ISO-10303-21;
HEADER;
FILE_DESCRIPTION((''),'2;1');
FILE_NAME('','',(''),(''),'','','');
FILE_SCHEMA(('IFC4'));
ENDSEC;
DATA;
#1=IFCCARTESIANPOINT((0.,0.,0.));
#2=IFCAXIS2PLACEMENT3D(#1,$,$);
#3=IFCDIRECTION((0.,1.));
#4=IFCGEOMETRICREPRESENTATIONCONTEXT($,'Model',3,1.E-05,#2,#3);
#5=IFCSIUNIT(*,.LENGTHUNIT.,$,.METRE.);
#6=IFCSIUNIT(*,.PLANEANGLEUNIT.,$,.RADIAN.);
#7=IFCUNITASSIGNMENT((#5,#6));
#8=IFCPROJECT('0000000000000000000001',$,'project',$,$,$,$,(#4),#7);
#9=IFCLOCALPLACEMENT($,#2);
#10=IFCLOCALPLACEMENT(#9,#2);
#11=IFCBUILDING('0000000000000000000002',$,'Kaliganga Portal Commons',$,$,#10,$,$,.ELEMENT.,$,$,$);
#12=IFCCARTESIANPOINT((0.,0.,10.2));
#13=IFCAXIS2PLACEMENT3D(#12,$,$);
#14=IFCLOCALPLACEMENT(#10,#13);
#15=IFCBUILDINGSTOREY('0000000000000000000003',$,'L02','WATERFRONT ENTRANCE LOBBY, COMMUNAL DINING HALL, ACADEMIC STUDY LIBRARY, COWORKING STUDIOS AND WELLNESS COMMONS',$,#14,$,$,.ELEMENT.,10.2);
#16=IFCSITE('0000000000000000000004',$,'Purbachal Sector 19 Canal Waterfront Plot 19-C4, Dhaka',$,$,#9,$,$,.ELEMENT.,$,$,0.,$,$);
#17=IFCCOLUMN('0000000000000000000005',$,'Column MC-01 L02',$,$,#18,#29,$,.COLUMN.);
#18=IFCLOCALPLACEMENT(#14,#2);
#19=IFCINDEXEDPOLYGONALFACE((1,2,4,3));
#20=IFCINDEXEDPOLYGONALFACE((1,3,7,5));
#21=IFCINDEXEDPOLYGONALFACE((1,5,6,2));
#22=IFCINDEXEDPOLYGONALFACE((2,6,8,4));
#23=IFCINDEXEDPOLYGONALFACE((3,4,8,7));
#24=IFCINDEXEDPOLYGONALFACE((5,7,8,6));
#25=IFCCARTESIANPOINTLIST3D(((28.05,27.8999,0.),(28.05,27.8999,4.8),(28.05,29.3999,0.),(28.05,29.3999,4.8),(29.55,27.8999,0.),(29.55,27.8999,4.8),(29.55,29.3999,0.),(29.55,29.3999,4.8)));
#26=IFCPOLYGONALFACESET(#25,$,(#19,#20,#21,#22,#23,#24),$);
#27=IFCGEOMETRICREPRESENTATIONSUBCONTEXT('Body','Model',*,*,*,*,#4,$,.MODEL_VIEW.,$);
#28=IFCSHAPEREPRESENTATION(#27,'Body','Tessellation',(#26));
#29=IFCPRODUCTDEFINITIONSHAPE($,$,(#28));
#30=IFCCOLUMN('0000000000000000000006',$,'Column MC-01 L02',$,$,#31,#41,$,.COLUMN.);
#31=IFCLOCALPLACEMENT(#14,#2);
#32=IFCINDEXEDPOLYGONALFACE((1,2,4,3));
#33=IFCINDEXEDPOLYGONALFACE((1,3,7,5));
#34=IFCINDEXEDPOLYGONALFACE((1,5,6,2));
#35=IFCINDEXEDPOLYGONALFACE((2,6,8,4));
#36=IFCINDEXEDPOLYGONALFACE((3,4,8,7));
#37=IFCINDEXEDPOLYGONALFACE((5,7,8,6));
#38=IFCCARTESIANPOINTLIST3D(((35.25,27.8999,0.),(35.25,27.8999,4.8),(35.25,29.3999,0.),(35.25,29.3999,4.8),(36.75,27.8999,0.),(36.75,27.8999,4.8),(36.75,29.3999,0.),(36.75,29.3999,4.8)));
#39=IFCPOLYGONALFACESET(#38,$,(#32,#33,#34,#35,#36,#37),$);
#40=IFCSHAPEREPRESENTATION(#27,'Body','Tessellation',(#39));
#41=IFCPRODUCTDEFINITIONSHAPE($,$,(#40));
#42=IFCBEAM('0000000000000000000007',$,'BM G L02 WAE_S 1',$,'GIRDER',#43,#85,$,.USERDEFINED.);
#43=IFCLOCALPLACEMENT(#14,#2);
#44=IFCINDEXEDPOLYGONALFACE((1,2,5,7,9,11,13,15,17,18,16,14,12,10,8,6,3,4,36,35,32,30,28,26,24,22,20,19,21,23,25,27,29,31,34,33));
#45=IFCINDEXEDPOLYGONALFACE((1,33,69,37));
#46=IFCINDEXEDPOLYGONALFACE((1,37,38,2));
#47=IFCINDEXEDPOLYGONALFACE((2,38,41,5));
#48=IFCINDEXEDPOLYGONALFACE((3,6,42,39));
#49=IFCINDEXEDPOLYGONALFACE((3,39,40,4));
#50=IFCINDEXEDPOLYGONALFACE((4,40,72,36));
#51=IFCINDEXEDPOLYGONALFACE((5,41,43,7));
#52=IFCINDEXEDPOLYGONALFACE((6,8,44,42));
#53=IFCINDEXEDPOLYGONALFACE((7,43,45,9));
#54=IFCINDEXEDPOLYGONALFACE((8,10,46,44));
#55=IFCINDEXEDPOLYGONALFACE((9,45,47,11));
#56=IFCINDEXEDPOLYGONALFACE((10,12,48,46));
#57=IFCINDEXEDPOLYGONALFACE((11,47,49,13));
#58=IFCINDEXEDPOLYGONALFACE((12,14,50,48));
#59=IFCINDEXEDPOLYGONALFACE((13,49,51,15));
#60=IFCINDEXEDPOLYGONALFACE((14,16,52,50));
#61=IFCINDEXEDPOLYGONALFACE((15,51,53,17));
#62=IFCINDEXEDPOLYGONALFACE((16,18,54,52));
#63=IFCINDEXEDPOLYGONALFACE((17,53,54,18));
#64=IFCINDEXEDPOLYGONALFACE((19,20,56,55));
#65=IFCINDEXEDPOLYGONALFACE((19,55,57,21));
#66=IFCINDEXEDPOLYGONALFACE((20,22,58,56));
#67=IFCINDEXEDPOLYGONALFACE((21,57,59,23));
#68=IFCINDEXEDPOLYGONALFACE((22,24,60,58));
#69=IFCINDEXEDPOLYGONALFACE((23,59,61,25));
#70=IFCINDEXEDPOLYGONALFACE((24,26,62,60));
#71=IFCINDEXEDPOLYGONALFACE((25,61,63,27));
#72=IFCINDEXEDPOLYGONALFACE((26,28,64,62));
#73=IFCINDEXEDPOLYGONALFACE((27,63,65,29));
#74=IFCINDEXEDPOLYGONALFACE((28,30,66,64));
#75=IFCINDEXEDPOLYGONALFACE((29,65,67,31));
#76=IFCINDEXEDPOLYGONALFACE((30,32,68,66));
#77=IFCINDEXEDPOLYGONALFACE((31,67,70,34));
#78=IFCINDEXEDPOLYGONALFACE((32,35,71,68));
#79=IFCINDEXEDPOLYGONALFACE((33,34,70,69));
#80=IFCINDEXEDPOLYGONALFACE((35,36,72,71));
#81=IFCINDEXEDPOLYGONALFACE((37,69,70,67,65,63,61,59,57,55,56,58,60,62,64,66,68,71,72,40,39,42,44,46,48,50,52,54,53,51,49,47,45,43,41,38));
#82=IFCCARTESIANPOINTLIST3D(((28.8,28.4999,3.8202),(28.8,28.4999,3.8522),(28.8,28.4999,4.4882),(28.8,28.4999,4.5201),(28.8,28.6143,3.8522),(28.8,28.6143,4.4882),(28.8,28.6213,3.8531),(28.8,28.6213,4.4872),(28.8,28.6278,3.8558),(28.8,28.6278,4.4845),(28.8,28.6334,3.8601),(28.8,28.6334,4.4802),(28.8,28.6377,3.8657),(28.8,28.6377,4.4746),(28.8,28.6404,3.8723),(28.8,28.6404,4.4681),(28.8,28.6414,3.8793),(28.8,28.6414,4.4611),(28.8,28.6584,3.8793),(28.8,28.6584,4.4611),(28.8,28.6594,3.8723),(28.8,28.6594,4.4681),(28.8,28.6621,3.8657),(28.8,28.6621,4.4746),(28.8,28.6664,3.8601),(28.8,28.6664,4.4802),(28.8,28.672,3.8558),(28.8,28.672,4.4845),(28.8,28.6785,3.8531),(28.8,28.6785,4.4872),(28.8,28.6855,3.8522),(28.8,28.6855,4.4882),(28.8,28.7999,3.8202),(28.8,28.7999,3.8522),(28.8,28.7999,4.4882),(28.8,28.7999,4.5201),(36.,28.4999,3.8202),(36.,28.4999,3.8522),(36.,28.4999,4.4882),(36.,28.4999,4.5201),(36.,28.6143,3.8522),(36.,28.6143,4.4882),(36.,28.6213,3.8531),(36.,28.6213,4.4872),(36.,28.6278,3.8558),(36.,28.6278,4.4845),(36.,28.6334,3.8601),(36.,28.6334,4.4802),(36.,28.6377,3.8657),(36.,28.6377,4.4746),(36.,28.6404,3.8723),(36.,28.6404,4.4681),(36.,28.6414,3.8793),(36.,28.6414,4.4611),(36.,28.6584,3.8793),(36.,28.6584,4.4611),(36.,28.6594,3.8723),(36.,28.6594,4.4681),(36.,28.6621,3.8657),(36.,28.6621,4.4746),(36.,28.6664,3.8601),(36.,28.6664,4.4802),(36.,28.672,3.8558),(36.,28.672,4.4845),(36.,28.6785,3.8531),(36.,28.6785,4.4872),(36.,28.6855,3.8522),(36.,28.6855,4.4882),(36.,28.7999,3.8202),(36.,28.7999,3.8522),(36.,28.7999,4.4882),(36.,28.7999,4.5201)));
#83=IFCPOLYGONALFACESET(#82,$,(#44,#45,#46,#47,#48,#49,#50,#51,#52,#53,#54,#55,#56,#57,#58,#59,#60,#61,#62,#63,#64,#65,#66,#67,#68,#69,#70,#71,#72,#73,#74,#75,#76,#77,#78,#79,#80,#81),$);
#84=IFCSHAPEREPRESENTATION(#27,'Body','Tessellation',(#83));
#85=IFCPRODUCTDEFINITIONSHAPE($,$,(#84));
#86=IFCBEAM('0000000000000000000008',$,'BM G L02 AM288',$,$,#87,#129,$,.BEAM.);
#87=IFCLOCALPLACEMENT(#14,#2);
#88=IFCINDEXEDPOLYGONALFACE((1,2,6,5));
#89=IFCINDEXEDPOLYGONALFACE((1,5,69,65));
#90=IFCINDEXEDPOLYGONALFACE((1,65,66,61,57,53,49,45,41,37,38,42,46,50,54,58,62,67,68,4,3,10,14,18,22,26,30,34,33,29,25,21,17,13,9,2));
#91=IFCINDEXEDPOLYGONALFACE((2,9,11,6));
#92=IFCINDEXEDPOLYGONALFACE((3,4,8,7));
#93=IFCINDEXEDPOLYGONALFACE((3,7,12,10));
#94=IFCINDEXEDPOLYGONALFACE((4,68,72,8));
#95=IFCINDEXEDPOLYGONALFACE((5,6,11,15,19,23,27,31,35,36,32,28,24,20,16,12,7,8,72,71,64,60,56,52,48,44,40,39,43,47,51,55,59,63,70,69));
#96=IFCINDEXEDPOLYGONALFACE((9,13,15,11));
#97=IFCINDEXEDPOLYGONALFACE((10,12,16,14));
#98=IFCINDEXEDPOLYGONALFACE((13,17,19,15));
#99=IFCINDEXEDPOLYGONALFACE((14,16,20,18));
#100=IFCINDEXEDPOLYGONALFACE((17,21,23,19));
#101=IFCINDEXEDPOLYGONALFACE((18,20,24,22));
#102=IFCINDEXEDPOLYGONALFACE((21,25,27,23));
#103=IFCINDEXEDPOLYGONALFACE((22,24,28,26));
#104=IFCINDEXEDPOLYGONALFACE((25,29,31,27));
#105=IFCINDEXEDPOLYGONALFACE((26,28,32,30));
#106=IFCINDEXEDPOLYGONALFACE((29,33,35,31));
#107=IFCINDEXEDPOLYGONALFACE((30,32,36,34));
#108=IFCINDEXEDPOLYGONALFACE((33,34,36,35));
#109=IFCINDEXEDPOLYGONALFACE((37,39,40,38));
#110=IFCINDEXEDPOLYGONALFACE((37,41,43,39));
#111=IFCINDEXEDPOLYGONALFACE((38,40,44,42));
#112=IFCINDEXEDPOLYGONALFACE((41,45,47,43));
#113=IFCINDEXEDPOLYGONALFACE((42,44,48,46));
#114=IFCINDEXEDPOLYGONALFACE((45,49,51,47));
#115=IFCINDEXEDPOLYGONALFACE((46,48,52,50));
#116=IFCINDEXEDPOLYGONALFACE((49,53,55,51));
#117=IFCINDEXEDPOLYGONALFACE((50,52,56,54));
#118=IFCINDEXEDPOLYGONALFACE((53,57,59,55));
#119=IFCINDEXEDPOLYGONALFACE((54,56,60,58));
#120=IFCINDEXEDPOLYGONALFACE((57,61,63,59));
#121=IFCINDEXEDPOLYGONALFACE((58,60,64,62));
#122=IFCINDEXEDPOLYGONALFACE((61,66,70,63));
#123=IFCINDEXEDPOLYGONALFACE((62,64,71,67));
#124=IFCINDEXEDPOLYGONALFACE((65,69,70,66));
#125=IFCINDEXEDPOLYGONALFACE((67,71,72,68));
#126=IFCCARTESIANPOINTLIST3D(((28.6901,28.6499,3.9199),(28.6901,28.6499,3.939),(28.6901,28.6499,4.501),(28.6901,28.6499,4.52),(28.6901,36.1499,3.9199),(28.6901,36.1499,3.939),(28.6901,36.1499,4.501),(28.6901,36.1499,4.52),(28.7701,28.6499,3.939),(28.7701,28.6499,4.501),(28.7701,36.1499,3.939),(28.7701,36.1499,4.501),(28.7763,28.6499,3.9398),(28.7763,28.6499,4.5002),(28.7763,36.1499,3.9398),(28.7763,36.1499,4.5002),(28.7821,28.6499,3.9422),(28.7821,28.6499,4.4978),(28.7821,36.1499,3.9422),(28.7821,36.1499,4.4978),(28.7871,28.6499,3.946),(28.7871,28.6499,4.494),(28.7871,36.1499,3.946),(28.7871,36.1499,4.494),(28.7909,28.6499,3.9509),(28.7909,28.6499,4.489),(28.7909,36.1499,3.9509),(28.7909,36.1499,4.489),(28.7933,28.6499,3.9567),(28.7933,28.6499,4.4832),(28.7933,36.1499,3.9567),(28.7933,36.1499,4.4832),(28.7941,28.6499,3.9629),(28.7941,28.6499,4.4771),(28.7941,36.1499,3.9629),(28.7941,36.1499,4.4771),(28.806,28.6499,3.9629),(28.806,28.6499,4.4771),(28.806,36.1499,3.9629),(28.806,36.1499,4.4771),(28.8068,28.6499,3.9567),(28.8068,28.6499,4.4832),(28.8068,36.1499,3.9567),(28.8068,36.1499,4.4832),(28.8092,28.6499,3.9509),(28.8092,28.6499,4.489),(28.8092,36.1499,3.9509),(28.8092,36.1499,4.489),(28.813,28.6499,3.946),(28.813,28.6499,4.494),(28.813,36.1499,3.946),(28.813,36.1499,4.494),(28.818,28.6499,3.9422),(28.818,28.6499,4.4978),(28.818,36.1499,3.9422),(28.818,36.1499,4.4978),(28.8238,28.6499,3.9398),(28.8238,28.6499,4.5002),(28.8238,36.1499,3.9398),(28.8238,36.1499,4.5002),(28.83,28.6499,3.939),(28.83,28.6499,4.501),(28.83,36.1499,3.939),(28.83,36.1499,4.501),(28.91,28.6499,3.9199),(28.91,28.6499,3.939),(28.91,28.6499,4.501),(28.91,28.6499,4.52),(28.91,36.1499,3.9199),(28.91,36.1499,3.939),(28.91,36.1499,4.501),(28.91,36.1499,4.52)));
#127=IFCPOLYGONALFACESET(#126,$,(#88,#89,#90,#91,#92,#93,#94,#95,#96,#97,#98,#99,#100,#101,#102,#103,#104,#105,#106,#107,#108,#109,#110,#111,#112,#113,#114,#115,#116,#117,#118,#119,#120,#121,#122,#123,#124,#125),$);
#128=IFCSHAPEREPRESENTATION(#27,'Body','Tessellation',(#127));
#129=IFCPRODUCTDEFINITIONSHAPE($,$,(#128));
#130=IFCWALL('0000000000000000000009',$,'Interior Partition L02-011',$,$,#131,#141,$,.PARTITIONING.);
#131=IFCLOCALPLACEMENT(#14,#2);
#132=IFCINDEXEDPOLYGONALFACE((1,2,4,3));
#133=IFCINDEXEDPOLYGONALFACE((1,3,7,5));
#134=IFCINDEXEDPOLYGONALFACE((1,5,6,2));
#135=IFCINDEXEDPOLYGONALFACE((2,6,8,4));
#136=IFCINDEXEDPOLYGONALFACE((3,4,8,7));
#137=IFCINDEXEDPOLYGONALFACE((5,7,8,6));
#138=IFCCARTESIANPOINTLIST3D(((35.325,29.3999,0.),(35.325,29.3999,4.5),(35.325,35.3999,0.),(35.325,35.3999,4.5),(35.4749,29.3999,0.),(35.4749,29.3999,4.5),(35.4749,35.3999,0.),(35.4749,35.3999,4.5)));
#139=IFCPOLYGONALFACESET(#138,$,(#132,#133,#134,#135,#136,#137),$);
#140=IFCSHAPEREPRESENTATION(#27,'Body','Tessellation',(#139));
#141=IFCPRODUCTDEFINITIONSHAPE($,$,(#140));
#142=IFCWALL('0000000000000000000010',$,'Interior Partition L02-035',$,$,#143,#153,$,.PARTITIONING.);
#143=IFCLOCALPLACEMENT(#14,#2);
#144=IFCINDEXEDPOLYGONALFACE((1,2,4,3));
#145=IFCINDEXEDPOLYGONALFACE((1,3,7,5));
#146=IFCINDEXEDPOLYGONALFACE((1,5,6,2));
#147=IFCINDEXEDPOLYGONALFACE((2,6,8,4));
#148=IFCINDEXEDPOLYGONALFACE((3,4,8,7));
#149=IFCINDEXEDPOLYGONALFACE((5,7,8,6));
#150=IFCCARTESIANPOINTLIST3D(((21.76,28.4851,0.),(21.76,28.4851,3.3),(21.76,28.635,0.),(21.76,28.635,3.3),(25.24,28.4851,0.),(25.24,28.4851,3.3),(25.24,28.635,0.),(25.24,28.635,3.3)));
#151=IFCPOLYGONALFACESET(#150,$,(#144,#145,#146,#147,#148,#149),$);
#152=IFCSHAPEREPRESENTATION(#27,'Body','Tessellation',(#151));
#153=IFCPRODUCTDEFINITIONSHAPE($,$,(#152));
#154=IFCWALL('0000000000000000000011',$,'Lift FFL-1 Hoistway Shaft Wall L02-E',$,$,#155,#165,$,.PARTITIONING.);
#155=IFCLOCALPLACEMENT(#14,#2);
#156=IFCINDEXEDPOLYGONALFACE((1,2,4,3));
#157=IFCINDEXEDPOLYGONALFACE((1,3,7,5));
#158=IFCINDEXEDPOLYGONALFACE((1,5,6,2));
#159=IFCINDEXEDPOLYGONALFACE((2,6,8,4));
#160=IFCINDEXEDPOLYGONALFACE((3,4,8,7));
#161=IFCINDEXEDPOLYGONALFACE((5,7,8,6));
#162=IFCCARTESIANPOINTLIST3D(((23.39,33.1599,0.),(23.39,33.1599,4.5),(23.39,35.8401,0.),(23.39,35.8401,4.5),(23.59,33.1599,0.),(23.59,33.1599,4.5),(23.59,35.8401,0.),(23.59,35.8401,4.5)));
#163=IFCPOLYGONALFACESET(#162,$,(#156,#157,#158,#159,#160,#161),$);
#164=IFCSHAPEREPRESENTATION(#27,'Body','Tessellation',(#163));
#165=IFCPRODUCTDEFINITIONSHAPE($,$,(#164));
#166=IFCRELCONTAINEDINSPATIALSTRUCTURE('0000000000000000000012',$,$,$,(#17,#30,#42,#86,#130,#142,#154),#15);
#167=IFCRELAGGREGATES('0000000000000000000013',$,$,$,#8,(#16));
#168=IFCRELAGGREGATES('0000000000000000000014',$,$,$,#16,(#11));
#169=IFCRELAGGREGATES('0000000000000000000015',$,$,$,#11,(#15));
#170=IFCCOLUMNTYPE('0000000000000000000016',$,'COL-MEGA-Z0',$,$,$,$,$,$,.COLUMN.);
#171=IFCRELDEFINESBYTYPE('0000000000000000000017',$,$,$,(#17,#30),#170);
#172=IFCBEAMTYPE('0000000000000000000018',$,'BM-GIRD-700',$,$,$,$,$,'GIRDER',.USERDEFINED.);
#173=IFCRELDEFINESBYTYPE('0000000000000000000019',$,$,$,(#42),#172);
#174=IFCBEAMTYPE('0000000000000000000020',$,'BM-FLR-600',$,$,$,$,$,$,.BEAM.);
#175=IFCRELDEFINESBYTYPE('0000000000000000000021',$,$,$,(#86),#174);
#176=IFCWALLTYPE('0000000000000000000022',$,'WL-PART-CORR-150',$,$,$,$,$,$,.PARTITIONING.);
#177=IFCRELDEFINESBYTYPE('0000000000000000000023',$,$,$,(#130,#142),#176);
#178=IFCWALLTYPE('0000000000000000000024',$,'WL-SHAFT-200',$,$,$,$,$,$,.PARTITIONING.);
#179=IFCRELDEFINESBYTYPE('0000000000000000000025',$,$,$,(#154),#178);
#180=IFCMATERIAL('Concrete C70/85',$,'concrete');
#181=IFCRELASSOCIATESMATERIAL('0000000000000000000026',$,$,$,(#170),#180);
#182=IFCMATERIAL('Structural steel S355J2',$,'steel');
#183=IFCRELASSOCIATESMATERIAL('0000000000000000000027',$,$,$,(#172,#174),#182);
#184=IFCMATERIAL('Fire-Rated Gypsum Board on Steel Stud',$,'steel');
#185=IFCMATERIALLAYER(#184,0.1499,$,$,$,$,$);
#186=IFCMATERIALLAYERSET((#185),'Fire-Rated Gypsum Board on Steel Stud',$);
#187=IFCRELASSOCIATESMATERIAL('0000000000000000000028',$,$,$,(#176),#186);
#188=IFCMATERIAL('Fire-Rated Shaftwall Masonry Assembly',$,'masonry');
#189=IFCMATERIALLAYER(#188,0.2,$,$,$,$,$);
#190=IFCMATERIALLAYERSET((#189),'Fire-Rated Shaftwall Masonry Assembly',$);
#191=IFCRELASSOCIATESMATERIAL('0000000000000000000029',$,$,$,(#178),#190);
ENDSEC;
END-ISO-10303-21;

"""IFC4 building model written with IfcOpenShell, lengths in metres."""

from ifc_helpers import new_model, si_unit, direction, frame, frame_2d, origin, origin_2d, place, context, subcontext, project, spatial, rectangle, i_section, extrude, source, transform, mapped, material, layer, layer_set, material_profile, profile_set, type_object, element, save


model = new_model("IFC4")

# Units and contexts
model_context = context("Model", 3, precision=1e-05, world=origin(), true_north=direction((0.0, 1.0)))
body_context = subcontext(model_context, "Body", "Model", "MODEL_VIEW")
ifc_project = project(units=[si_unit("LENGTHUNIT", "METRE"), si_unit("PLANEANGLEUNIT", "RADIAN")], contexts=[model_context])

# Site, building, storey
site_placement = place(None, origin())
site = spatial("IfcSite", under=ifc_project, at=site_placement, Name="Purbachal Sector 19 Canal Waterfront Plot 19-C4, Dhaka", CompositionType="ELEMENT", RefElevation=0.0)
building_placement = place(site_placement, origin())
building = spatial("IfcBuilding", under=site, at=building_placement, Name="Kaliganga Portal Commons", CompositionType="ELEMENT")
storey_placement = place(building_placement, frame((0.0, 0.0, 10.2)))
storey = spatial("IfcBuildingStorey", under=building, at=storey_placement, Name="L02", Description="WATERFRONT ENTRANCE LOBBY, COMMUNAL DINING HALL, ACADEMIC STUDY LIBRARY, COWORKING STUDIOS AND WELLNESS COMMONS", CompositionType="ELEMENT", Elevation=10.2)

# Columns
ifc_material_1 = material(Name="Concrete C70/85", Category="concrete")
ifc_material_profile_1 = material_profile(ifc_material_1, rectangle(XDim=1.5, YDim=1.5, at=origin_2d()), Name="RC 1500x1500")
ifc_profile_set_1 = profile_set([ifc_material_profile_1], Name="Concrete C70/85")
column_type = type_object("IfcColumnType", Name="COL-MEGA-Z0", PredefinedType="COLUMN", material=ifc_profile_set_1)
shared_shape_1 = source(origin(), body_context, "Body", "SweptSolid", [
    extrude(rectangle(XDim=1.5, YDim=1.5, at=origin_2d()), origin(), (0.0, 0.0, 1.0), 4.8),
])
for number, where, z_axis, x_axis, name in (
    (1, (28.8, 28.6499, 0.0), (0.0, 0.0, 1.0), (1.0, 0.0, 0.0), "Column MC-01 L02"),
    (2, (36.0, 28.6499, 0.0), (0.0, 0.0, 1.0), (1.0, 0.0, 0.0), "Column MC-01 L02"),
):
    element("IfcColumn", number, at=place(storey_placement, frame(where, z_axis=z_axis, x_axis=x_axis)), inside=storey, type_object=column_type, Name=name, PredefinedType="COLUMN", context=body_context, shape_type="MappedRepresentation", body=[
        mapped(shared_shape_1, transform((0.0, 0.0, 0.0), x_axis=(1.0, 0.0, 0.0), y_axis=(0.0, 1.0, 0.0), z_axis=(0.0, 0.0, 1.0), scale=1.0)),
    ])

# Beams
ifc_material_2 = material(Name="Structural steel S355J2", Category="steel")
ifc_material_profile_2 = material_profile(ifc_material_2, i_section(OverallWidth=0.3, OverallDepth=0.7, WebThickness=0.0171, FlangeThickness=0.032, FilletRadius=0.0271, at=origin_2d()), Name="HE 700 B")
ifc_profile_set_2 = profile_set([ifc_material_profile_2], Name="Structural steel S355J2 wide-flange")
beam_type_1 = type_object("IfcBeamType", Name="BM-GIRD-700", ElementType="GIRDER", PredefinedType="USERDEFINED", material=ifc_profile_set_2)
shared_shape_2 = source(origin(), body_context, "Body", "SweptSolid", [
    extrude(i_section(OverallWidth=0.3, OverallDepth=0.7, WebThickness=0.0171, FlangeThickness=0.032, FilletRadius=0.0271, at=origin_2d()), origin(), (0.0, 0.0, 1.0), 7.2),
])
beam_1_placement = place(storey_placement, frame((28.8, 28.6499, 4.1702), z_axis=(1.0, 0.0, 0.0), x_axis=(0.0, 1.0, 0.0)))
element("IfcBeam", 3, at=beam_1_placement, inside=storey, type_object=beam_type_1, Name="BM G L02 WAE_S 1", ObjectType="GIRDER", PredefinedType="USERDEFINED", context=body_context, shape_type="MappedRepresentation", body=[
    mapped(shared_shape_2, transform((0.0, 0.0, 0.0), x_axis=(1.0, 0.0, 0.0), y_axis=(0.0, 1.0, 0.0), z_axis=(0.0, 0.0, 1.0), scale=1.0)),
])
ifc_material_profile_3 = material_profile(ifc_material_2, i_section(OverallWidth=0.22, OverallDepth=0.6001, WebThickness=0.012, FlangeThickness=0.019, FilletRadius=0.0239, at=origin_2d()), Name="IPE 600")
ifc_profile_set_3 = profile_set([ifc_material_profile_3], Name="Structural steel S355J2 wide-flange")
beam_type_2 = type_object("IfcBeamType", Name="BM-FLR-600", PredefinedType="BEAM", material=ifc_profile_set_3)
shared_shape_3 = source(origin(), body_context, "Body", "SweptSolid", [
    extrude(i_section(OverallWidth=0.22, OverallDepth=0.6001, WebThickness=0.012, FlangeThickness=0.019, FilletRadius=0.0239, at=origin_2d()), origin(), (0.0, 0.0, 1.0), 7.5),
])
beam_2_placement = place(storey_placement, frame((28.8, 28.6499, 4.22), z_axis=(0.0, 1.0, 0.0), x_axis=(-1.0, 0.0, 0.0)))
element("IfcBeam", 4, at=beam_2_placement, inside=storey, type_object=beam_type_2, Name="BM G L02 AM288", PredefinedType="BEAM", context=body_context, shape_type="MappedRepresentation", body=[
    mapped(shared_shape_3, transform((0.0, 0.0, 0.0), x_axis=(1.0, 0.0, 0.0), y_axis=(0.0, 1.0, 0.0), z_axis=(0.0, 0.0, 1.0), scale=1.0)),
])

# Walls
ifc_material_3 = material(Name="Fire-Rated Gypsum Board on Steel Stud", Category="steel")
ifc_layer_1 = layer(ifc_material_3, 0.1499)
ifc_layer_set_1 = layer_set([ifc_layer_1], Name="Fire-Rated Gypsum Board on Steel Stud")
wall_type_1 = type_object("IfcWallType", Name="WL-PART-CORR-150", PredefinedType="PARTITIONING", material=ifc_layer_set_1)
wall_1_placement = place(storey_placement, frame((35.3999, 29.3999, 0.0), z_axis=(0.0, 0.0, 1.0), x_axis=(0.0, 1.0, 0.0)))
element("IfcWall", 5, at=wall_1_placement, inside=storey, type_object=wall_type_1, Name="Interior Partition L02-011", PredefinedType="PARTITIONING", context=body_context, shape_type="SweptSolid", body=[
    extrude(rectangle(XDim=6.0, YDim=0.1499, at=frame_2d((3.0, 0.0))), origin(), (0.0, 0.0, 1.0), 4.5),
])
wall_2_placement = place(storey_placement, frame((21.76, 28.5601, 0.0), z_axis=(0.0, 0.0, 1.0), x_axis=(1.0, 0.0, 0.0)))
element("IfcWall", 6, at=wall_2_placement, inside=storey, type_object=wall_type_1, Name="Interior Partition L02-035", PredefinedType="PARTITIONING", context=body_context, shape_type="SweptSolid", body=[
    extrude(rectangle(XDim=3.48, YDim=0.1499, at=frame_2d((1.74, 0.0))), origin(), (0.0, 0.0, 1.0), 3.3),
])
ifc_material_4 = material(Name="Fire-Rated Shaftwall Masonry Assembly", Category="masonry")
ifc_layer_2 = layer(ifc_material_4, 0.2)
ifc_layer_set_2 = layer_set([ifc_layer_2], Name="Fire-Rated Shaftwall Masonry Assembly")
wall_type_2 = type_object("IfcWallType", Name="WL-SHAFT-200", PredefinedType="PARTITIONING", material=ifc_layer_set_2)
wall_3_placement = place(storey_placement, frame((23.49, 33.1599, 0.0), z_axis=(0.0, 0.0, 1.0), x_axis=(0.0, 1.0, 0.0)))
element("IfcWall", 7, at=wall_3_placement, inside=storey, type_object=wall_type_2, Name="Lift FFL-1 Hoistway Shaft Wall L02-E", PredefinedType="PARTITIONING", context=body_context, shape_type="SweptSolid", body=[
    extrude(rectangle(XDim=2.6802, YDim=0.2, at=frame_2d((1.3401, 0.0))), origin(), (0.0, 0.0, 1.0), 4.5),
])

save(model, "model.ifc")
